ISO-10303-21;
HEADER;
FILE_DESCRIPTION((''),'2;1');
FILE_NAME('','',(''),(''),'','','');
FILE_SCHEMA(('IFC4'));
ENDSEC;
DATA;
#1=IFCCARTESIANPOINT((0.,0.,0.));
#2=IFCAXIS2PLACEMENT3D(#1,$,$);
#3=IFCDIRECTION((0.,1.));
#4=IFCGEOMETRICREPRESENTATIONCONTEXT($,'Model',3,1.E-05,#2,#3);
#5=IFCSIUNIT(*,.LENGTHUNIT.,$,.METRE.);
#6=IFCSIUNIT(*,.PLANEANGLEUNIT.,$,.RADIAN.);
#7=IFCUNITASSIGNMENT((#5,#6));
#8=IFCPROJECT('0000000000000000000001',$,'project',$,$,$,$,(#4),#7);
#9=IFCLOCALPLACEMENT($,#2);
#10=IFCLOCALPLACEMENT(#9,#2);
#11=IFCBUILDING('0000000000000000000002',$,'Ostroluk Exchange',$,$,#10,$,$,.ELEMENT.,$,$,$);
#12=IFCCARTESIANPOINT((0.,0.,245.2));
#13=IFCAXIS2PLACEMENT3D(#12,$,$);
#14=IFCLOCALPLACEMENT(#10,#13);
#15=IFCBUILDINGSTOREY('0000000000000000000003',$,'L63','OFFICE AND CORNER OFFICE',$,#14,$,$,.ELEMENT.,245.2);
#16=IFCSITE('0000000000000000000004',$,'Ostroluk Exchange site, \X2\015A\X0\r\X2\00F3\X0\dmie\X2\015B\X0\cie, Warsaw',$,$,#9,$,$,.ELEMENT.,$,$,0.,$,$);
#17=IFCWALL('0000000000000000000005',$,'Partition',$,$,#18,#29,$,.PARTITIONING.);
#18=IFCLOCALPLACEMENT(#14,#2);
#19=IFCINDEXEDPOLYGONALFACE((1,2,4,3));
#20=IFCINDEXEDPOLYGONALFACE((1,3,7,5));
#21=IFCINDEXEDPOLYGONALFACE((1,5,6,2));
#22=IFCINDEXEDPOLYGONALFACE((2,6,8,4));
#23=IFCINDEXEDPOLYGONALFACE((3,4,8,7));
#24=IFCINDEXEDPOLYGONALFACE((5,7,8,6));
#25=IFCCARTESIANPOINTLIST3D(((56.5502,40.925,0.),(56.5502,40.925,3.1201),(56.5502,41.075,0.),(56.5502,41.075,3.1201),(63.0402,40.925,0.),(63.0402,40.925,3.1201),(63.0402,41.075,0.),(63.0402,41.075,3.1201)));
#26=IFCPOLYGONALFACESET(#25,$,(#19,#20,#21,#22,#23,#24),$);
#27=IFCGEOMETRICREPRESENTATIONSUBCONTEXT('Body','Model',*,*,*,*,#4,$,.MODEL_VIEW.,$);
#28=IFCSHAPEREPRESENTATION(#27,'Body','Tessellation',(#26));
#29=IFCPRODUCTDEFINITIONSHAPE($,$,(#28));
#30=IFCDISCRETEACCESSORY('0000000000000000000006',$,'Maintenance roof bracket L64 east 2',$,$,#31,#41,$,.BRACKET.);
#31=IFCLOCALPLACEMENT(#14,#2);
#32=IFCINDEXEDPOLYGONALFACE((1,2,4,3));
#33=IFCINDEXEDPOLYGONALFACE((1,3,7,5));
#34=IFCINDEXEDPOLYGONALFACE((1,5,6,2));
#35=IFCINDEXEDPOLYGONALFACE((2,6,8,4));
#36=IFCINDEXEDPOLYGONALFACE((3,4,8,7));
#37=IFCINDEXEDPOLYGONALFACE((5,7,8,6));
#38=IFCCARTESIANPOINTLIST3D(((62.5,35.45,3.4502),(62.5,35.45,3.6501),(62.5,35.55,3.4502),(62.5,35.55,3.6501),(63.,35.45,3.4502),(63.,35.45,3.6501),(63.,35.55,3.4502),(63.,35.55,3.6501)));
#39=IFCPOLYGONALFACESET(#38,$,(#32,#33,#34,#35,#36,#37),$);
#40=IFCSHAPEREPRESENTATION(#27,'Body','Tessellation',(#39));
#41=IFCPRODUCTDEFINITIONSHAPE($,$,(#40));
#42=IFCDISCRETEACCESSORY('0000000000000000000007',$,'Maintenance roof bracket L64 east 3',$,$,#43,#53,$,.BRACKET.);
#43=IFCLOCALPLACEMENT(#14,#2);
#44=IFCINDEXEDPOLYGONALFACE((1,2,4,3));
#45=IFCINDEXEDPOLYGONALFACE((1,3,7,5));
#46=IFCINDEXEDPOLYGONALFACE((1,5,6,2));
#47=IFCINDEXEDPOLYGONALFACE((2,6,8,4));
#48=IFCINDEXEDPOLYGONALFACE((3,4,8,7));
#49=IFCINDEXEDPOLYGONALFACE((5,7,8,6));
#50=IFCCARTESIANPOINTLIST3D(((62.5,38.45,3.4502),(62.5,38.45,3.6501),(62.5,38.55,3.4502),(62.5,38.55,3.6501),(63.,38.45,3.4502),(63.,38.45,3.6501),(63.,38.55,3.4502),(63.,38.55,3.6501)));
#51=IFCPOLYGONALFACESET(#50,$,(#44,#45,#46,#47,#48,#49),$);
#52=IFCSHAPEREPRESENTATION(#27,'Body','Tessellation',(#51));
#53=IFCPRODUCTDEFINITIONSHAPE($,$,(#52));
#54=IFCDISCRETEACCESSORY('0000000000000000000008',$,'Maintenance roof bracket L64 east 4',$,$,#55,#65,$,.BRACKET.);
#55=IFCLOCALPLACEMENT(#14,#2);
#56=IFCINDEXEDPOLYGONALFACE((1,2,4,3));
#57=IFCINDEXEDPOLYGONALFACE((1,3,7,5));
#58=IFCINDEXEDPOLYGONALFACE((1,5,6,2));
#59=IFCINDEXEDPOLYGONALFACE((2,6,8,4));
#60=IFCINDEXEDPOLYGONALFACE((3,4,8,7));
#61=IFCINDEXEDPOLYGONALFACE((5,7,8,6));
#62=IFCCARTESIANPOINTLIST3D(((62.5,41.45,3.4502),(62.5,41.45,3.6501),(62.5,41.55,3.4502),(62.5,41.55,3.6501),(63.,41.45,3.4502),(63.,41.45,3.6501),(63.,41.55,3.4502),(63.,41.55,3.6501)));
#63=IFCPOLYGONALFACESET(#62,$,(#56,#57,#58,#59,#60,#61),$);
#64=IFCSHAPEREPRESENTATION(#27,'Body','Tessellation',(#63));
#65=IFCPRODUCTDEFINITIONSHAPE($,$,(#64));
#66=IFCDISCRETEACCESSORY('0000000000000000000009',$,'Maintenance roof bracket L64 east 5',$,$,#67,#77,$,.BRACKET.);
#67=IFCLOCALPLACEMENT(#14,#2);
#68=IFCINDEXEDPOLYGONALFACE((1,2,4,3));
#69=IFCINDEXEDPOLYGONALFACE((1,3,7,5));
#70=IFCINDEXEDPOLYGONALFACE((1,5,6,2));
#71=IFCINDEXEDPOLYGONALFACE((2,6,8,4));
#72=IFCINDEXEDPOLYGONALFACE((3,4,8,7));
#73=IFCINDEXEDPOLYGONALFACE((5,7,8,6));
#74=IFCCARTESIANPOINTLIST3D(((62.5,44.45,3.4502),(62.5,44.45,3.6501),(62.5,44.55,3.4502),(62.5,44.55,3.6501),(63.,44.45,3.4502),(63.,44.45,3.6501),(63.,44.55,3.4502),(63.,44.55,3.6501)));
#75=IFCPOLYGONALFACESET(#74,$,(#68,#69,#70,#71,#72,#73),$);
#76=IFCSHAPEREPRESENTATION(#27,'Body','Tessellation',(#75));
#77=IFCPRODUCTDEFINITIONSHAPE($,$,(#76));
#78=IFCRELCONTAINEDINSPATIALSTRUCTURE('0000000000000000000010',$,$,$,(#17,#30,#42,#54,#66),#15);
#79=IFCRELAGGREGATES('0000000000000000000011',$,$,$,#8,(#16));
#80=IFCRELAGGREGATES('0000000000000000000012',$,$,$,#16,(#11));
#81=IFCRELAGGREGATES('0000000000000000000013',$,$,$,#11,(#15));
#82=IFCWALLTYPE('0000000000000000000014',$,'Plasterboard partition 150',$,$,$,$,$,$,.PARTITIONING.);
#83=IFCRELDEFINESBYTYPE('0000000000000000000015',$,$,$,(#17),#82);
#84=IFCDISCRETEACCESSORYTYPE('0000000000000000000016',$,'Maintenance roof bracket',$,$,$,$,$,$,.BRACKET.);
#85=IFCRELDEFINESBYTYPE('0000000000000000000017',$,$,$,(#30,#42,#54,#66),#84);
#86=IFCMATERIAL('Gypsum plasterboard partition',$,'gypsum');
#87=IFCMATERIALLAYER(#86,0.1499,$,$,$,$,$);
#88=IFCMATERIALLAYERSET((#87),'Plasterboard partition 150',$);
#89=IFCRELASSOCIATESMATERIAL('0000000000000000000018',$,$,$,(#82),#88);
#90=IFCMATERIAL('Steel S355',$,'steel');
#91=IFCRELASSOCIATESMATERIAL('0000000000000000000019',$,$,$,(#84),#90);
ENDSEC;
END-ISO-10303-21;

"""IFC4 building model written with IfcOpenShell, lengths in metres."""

from ifc_helpers import new_model, si_unit, direction, frame, frame_2d, origin, origin_2d, place, context, subcontext, project, spatial, rectangle, extrude, material, layer, layer_set, type_object, element, save


model = new_model("IFC4")

# Units and contexts
model_context = context("Model", 3, precision=1e-05, world=origin(), true_north=direction((0.0, 1.0)))
body_context = subcontext(model_context, "Body", "Model", "MODEL_VIEW")
ifc_project = project(units=[si_unit("LENGTHUNIT", "METRE"), si_unit("PLANEANGLEUNIT", "RADIAN")], contexts=[model_context])

# Site, building, storey
site_placement = place(None, origin())
site = spatial("IfcSite", under=ifc_project, at=site_placement, Name="Ostroluk Exchange site, Śródmieście, Warsaw", CompositionType="ELEMENT", RefElevation=0.0)
building_placement = place(site_placement, origin())
building = spatial("IfcBuilding", under=site, at=building_placement, Name="Ostroluk Exchange", CompositionType="ELEMENT")
storey_placement = place(building_placement, frame((0.0, 0.0, 245.2)))
storey = spatial("IfcBuildingStorey", under=building, at=storey_placement, Name="L63", Description="OFFICE AND CORNER OFFICE", CompositionType="ELEMENT", Elevation=245.2)

# Wall
ifc_material_1 = material(Name="Gypsum plasterboard partition", Category="gypsum")
ifc_layer_1 = layer(ifc_material_1, 0.1499)
ifc_layer_set_1 = layer_set([ifc_layer_1], Name="Plasterboard partition 150")
wall_type = type_object("IfcWallType", Name="Plasterboard partition 150", PredefinedType="PARTITIONING", material=ifc_layer_set_1)
for number, where, z_axis, x_axis, name in (
    (1, (56.55, 41.0, 0.0), (0.0, 0.0, 1.0), (1.0, 0.0, 0.0), "Partition"),
):
    element("IfcWall", number, at=place(storey_placement, frame(where, z_axis=z_axis, x_axis=x_axis)), inside=storey, type_object=wall_type, Name=name, PredefinedType="PARTITIONING", context=body_context, shape_type="SweptSolid", body=[
        extrude(rectangle(XDim=6.49, YDim=0.1499, at=frame_2d((3.2451, 0.0))), origin(), (0.0, 0.0, 1.0), 3.1201),
    ])

# Discrete accessories
ifc_material_2 = material(Name="Steel S355", Category="steel")
discrete_accessory_type = type_object("IfcDiscreteAccessoryType", Name="Maintenance roof bracket", PredefinedType="BRACKET", material=ifc_material_2)
for number, where, z_axis, x_axis, name in (
    (2, (62.75, 35.5, 3.4502), (0.0, 0.0, 1.0), (1.0, 0.0, 0.0), "Maintenance roof bracket L64 east 2"),
    (3, (62.75, 38.5, 3.4502), (0.0, 0.0, 1.0), (1.0, 0.0, 0.0), "Maintenance roof bracket L64 east 3"),
    (4, (62.75, 41.5, 3.4502), (0.0, 0.0, 1.0), (1.0, 0.0, 0.0), "Maintenance roof bracket L64 east 4"),
    (5, (62.75, 44.5, 3.4502), (0.0, 0.0, 1.0), (1.0, 0.0, 0.0), "Maintenance roof bracket L64 east 5"),
):
    element("IfcDiscreteAccessory", number, at=place(storey_placement, frame(where, z_axis=z_axis, x_axis=x_axis)), inside=storey, type_object=discrete_accessory_type, Name=name, PredefinedType="BRACKET", context=body_context, shape_type="SweptSolid", body=[
        extrude(rectangle(XDim=0.5, YDim=0.1001, at=origin_2d()), origin(), (0.0, 0.0, 1.0), 0.2),
    ])

save(model, "model.ifc")
